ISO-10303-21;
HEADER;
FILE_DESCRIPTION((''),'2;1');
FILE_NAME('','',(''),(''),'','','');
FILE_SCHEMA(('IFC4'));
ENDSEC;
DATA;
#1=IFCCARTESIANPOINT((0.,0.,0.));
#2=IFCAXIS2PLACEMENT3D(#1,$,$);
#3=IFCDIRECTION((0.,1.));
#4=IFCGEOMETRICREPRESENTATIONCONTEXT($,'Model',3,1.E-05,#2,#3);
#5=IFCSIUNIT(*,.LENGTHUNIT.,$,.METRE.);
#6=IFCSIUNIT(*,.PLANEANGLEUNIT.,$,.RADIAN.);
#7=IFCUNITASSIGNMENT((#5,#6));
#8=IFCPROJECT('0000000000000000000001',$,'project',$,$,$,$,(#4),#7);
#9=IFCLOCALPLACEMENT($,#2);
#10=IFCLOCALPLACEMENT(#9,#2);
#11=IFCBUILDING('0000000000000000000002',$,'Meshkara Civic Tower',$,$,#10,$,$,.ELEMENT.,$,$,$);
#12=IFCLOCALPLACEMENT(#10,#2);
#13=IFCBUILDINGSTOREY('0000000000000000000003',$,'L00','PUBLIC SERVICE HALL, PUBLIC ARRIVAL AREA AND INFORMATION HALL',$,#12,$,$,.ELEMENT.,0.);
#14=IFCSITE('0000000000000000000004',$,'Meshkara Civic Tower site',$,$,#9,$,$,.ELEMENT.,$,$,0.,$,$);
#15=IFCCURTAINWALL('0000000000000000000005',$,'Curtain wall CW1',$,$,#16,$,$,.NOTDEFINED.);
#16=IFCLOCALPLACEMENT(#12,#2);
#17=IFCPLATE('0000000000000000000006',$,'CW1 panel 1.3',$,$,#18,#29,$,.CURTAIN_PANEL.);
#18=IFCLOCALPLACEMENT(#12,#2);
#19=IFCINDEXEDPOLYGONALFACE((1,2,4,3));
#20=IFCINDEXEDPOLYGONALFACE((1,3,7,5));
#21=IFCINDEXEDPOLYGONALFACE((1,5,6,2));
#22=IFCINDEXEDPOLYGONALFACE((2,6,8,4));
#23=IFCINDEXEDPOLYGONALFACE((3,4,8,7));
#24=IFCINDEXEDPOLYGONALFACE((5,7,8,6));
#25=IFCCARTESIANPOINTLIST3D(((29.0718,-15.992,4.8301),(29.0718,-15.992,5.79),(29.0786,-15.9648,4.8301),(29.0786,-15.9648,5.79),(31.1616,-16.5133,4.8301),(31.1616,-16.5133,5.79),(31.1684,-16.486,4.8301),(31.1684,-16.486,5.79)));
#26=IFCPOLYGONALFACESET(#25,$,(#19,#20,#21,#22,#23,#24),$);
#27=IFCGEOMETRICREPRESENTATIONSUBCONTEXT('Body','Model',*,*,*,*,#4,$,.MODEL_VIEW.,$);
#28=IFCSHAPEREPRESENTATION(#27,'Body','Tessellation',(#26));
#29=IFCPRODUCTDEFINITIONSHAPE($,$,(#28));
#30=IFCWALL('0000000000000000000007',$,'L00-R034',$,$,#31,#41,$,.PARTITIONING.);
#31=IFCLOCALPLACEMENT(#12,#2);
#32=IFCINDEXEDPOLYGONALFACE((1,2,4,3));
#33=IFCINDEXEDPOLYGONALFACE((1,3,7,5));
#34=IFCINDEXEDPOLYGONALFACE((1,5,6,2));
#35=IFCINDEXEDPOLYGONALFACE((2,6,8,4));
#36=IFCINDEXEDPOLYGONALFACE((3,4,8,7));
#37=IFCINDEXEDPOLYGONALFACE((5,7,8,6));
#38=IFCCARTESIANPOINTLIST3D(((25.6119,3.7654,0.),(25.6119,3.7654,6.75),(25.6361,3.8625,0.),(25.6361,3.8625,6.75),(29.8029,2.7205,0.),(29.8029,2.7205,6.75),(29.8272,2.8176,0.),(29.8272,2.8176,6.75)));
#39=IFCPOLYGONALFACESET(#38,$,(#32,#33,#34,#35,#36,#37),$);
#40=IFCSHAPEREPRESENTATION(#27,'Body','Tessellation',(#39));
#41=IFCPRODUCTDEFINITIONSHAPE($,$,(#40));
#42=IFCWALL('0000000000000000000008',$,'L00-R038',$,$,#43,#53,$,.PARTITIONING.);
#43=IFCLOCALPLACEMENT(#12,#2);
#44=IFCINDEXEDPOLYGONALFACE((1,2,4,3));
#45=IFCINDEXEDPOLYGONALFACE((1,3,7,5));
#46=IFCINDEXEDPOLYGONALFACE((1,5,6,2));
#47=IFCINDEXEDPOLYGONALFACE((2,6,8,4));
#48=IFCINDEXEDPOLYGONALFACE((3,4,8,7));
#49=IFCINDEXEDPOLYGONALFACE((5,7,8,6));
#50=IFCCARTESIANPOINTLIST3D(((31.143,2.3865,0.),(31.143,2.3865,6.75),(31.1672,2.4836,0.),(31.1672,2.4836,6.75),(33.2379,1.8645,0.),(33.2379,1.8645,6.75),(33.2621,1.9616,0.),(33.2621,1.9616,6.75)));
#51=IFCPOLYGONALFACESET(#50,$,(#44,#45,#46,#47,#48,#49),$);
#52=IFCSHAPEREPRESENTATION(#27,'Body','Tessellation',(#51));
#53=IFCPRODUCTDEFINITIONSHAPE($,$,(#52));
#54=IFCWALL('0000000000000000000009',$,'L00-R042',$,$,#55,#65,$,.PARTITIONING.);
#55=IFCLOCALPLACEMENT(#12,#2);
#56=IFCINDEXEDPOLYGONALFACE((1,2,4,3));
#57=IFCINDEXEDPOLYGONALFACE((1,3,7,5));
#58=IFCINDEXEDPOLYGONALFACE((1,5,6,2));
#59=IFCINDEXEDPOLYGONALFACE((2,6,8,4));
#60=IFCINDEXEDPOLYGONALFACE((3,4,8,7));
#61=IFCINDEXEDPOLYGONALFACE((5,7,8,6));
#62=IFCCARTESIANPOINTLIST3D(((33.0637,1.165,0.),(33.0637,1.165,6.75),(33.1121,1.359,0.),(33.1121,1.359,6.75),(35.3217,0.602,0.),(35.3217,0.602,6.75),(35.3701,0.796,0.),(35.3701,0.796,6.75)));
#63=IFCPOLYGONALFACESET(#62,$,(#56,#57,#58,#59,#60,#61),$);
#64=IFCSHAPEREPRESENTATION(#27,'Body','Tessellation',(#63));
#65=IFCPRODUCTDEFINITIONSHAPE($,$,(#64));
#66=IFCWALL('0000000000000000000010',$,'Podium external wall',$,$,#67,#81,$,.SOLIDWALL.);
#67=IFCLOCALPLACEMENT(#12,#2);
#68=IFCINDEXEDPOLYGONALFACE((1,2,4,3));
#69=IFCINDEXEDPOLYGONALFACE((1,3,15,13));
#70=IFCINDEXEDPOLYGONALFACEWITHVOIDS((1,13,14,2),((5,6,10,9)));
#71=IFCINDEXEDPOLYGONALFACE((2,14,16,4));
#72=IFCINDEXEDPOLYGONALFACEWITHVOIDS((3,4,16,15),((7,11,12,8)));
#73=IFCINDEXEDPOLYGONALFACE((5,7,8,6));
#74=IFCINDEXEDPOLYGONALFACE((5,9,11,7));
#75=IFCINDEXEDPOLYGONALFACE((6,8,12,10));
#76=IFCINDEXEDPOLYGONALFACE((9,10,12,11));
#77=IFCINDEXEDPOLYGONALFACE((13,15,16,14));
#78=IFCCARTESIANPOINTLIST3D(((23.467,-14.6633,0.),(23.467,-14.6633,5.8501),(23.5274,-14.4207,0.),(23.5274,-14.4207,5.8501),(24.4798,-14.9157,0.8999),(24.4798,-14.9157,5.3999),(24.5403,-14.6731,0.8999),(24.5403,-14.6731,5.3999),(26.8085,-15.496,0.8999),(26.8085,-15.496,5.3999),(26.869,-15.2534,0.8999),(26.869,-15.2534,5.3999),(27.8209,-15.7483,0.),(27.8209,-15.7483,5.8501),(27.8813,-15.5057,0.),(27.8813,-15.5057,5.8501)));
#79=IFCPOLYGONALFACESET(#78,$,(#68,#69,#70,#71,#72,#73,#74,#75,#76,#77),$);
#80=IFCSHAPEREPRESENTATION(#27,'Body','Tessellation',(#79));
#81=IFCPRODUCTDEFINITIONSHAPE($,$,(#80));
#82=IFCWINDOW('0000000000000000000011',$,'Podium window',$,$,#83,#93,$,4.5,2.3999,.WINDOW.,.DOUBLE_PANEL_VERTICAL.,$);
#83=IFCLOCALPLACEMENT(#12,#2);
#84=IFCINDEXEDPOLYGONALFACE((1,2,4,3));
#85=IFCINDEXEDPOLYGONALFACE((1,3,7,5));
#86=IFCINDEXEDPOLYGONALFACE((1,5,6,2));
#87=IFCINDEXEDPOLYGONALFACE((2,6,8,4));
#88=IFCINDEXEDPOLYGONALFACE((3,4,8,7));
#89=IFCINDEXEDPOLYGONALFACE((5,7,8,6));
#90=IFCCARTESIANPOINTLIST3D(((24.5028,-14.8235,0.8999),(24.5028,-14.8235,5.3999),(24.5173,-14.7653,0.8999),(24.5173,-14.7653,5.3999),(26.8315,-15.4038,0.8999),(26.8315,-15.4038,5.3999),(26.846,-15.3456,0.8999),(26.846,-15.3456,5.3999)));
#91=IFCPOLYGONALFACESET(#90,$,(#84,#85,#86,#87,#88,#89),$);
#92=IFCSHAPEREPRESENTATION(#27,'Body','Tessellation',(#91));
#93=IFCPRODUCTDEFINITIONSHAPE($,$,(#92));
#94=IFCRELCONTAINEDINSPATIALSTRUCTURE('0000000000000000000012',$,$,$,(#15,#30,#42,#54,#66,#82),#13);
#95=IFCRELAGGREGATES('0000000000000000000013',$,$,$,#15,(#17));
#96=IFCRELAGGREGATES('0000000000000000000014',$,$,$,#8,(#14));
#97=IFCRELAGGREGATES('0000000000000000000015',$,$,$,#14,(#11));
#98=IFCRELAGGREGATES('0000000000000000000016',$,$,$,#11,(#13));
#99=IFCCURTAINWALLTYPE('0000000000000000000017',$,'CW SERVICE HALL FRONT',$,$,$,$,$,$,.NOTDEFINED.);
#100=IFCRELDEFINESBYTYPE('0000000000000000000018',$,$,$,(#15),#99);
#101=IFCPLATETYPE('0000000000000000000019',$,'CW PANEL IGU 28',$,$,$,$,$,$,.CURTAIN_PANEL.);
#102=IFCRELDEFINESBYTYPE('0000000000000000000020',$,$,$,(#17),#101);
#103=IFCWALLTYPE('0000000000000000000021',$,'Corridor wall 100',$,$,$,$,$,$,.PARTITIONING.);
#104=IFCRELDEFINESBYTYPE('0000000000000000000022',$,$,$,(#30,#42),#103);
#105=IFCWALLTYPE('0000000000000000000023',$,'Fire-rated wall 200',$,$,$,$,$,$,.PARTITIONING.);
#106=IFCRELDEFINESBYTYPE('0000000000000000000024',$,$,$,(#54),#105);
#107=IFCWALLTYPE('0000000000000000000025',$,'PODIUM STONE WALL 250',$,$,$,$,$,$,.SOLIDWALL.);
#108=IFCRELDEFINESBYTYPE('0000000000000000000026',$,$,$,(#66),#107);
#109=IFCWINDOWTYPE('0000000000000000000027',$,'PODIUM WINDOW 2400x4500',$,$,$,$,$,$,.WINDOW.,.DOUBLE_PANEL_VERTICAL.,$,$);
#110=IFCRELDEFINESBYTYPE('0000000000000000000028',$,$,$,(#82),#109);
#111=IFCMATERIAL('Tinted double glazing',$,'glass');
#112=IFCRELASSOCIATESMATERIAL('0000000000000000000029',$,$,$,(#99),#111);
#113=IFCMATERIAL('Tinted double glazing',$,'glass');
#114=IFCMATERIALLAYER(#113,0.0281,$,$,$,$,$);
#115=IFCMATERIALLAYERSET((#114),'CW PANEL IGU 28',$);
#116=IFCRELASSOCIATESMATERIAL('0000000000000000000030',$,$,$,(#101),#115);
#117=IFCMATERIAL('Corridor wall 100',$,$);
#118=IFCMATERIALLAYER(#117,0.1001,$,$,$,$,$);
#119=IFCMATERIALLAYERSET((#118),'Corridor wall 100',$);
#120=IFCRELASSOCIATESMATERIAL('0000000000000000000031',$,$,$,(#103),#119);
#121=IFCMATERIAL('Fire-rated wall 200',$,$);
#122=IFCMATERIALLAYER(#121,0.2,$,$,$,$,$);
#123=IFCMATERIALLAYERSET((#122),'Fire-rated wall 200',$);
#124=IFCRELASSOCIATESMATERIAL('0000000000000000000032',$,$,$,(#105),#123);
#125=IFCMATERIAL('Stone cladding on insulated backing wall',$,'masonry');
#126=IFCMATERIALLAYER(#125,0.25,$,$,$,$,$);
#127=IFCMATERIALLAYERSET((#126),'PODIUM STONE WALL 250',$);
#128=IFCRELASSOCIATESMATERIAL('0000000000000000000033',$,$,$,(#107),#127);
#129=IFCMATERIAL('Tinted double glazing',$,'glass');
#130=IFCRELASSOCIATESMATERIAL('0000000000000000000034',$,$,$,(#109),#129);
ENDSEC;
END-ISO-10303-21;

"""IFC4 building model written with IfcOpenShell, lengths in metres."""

from ifc_helpers import new_model, si_unit, direction, frame, frame_2d, origin, origin_2d, place, context, subcontext, project, spatial, rectangle, extrude, material, layer, layer_set, type_object, element, fill, aggregate, save


model = new_model("IFC4")

# Units and contexts
model_context = context("Model", 3, precision=1e-05, world=origin(), true_north=direction((0.0, 1.0)))
body_context = subcontext(model_context, "Body", "Model", "MODEL_VIEW")
ifc_project = project(units=[si_unit("LENGTHUNIT", "METRE"), si_unit("PLANEANGLEUNIT", "RADIAN")], contexts=[model_context])

# Site, building, storey
site_placement = place(None, origin())
site = spatial("IfcSite", under=ifc_project, at=site_placement, Name="Meshkara Civic Tower site", CompositionType="ELEMENT", RefElevation=0.0)
building_placement = place(site_placement, origin())
building = spatial("IfcBuilding", under=site, at=building_placement, Name="Meshkara Civic Tower", CompositionType="ELEMENT")
storey_placement = place(building_placement, origin())
storey = spatial("IfcBuildingStorey", under=building, at=storey_placement, Name="L00", Description="PUBLIC SERVICE HALL, PUBLIC ARRIVAL AREA AND INFORMATION HALL", CompositionType="ELEMENT", Elevation=0.0)

# Curtain wall
ifc_material_1 = material(Name="Tinted double glazing", Category="glass")
curtain_wall_type = type_object("IfcCurtainWallType", Name="CW SERVICE HALL FRONT", PredefinedType="NOTDEFINED", material=ifc_material_1)
curtain_wall_placement = place(storey_placement, origin())
curtain_wall = element("IfcCurtainWall", 1, at=curtain_wall_placement, inside=storey, type_object=curtain_wall_type, Name="Curtain wall CW1", PredefinedType="NOTDEFINED")

# Plate
ifc_material_2 = material(Name="Tinted double glazing", Category="glass")
ifc_layer_1 = layer(ifc_material_2, 0.0281)
ifc_layer_set_1 = layer_set([ifc_layer_1], Name="CW PANEL IGU 28")
plate_type = type_object("IfcPlateType", Name="CW PANEL IGU 28", PredefinedType="CURTAIN_PANEL", material=ifc_layer_set_1)
plate_placement = place(storey_placement, frame((30.1201, -16.239, 4.8301), z_axis=(0.0, 0.0, 1.0), x_axis=(0.970273, -0.242011, 0.0)))
plate = element("IfcPlate", 2, at=plate_placement, type_object=plate_type, Name="CW1 panel 1.3", PredefinedType="CURTAIN_PANEL", context=body_context, shape_type="SweptSolid", body=[
    extrude(rectangle(XDim=2.1538, YDim=0.0281, at=origin_2d()), origin(), (0.0, 0.0, 1.0), 0.96),
])
aggregate(curtain_wall, [plate])

# Walls
ifc_material_3 = material(Name="Corridor wall 100")
ifc_layer_2 = layer(ifc_material_3, 0.1001)
ifc_layer_set_2 = layer_set([ifc_layer_2], Name="Corridor wall 100")
wall_type_1 = type_object("IfcWallType", Name="Corridor wall 100", PredefinedType="PARTITIONING", material=ifc_layer_set_2)
wall_1_placement = place(storey_placement, frame((25.624, 3.814, 0.0), z_axis=(0.0, 0.0, 1.0), x_axis=(0.970295, -0.241924, 0.0)))
element("IfcWall", 3, at=wall_1_placement, inside=storey, type_object=wall_type_1, Name="L00-R034", PredefinedType="PARTITIONING", context=body_context, shape_type="SweptSolid", body=[
    extrude(rectangle(XDim=4.3193, YDim=0.1001, at=frame_2d((2.1597, 0.0))), origin(), (0.0, 0.0, 1.0), 6.75),
])
wall_2_placement = place(storey_placement, frame((31.155, 2.4351, 0.0), z_axis=(0.0, 0.0, 1.0), x_axis=(0.970335, -0.241764, 0.0)))
element("IfcWall", 4, at=wall_2_placement, inside=storey, type_object=wall_type_1, Name="L00-R038", PredefinedType="PARTITIONING", context=body_context, shape_type="SweptSolid", body=[
    extrude(rectangle(XDim=2.1589, YDim=0.1001, at=frame_2d((1.0796, 0.0))), origin(), (0.0, 0.0, 1.0), 6.75),
])
ifc_material_4 = material(Name="Fire-rated wall 200")
ifc_layer_3 = layer(ifc_material_4, 0.2)
ifc_layer_set_3 = layer_set([ifc_layer_3], Name="Fire-rated wall 200")
wall_type_2 = type_object("IfcWallType", Name="Fire-rated wall 200", PredefinedType="PARTITIONING", material=ifc_layer_set_3)
wall_3_placement = place(storey_placement, frame((33.0879, 1.262, 0.0), z_axis=(0.0, 0.0, 1.0), x_axis=(0.970297, -0.241918, 0.0)))
element("IfcWall", 5, at=wall_3_placement, inside=storey, type_object=wall_type_2, Name="L00-R042", PredefinedType="PARTITIONING", context=body_context, shape_type="SweptSolid", body=[
    extrude(rectangle(XDim=2.3271, YDim=0.2, at=frame_2d((1.1636, 0.0))), origin(), (0.0, 0.0, 1.0), 6.75),
])

# Wall, opening, window
ifc_material_5 = material(Name="Stone cladding on insulated backing wall", Category="masonry")
ifc_layer_4 = layer(ifc_material_5, 0.25)
ifc_layer_set_4 = layer_set([ifc_layer_4], Name="PODIUM STONE WALL 250")
wall_type_3 = type_object("IfcWallType", Name="PODIUM STONE WALL 250", PredefinedType="SOLIDWALL", material=ifc_layer_set_4)
wall_4_placement = place(storey_placement, frame((23.4971, -14.542, 0.0), z_axis=(0.0, 0.0, 1.0), x_axis=(0.970328, -0.241793, 0.0)))
wall_4 = element("IfcWall", 6, at=wall_4_placement, inside=storey, type_object=wall_type_3, Name="Podium external wall", PredefinedType="SOLIDWALL", context=body_context, shape_type="SweptSolid", body=[
    extrude(rectangle(XDim=4.4871, YDim=0.25, at=frame_2d((2.2437, 0.0))), origin(), (0.0, 0.0, 1.0), 5.8501),
])
opening_placement = place(wall_4_placement, frame((1.0439, 0.0, 0.8999)))
opening = element("IfcOpeningElement", 7, at=opening_placement, cuts=wall_4, PredefinedType="OPENING", context=body_context, shape_type="SweptSolid", body=[
    extrude(rectangle(XDim=2.3999, YDim=4.5, at=frame_2d((1.2, 2.25))), frame((0.0, 0.135, 0.0), z_axis=(0.0, -1.0, 0.0), x_axis=(1.0, 0.0, 0.0)), (0.0, 0.0, 1.0), 0.27),
])
ifc_material_6 = material(Name="Tinted double glazing", Category="glass")
window_type = type_object("IfcWindowType", Name="PODIUM WINDOW 2400x4500", PartitioningType="DOUBLE_PANEL_VERTICAL", PredefinedType="WINDOW", material=ifc_material_6)
window_placement = place(opening_placement, origin())
window = element("IfcWindow", 8, at=window_placement, inside=storey, type_object=window_type, Name="Podium window", OverallHeight=4.5, OverallWidth=2.3999, PartitioningType="DOUBLE_PANEL_VERTICAL", PredefinedType="WINDOW", context=body_context, shape_type="SweptSolid", body=[
    extrude(rectangle(XDim=2.3999, YDim=4.5, at=frame_2d((1.2, 2.25))), frame((0.0, 0.03, 0.0), z_axis=(0.0, -1.0, 0.0), x_axis=(1.0, 0.0, 0.0)), (0.0, 0.0, 1.0), 0.0601),
])
fill(opening, window)

save(model, "model.ifc")
